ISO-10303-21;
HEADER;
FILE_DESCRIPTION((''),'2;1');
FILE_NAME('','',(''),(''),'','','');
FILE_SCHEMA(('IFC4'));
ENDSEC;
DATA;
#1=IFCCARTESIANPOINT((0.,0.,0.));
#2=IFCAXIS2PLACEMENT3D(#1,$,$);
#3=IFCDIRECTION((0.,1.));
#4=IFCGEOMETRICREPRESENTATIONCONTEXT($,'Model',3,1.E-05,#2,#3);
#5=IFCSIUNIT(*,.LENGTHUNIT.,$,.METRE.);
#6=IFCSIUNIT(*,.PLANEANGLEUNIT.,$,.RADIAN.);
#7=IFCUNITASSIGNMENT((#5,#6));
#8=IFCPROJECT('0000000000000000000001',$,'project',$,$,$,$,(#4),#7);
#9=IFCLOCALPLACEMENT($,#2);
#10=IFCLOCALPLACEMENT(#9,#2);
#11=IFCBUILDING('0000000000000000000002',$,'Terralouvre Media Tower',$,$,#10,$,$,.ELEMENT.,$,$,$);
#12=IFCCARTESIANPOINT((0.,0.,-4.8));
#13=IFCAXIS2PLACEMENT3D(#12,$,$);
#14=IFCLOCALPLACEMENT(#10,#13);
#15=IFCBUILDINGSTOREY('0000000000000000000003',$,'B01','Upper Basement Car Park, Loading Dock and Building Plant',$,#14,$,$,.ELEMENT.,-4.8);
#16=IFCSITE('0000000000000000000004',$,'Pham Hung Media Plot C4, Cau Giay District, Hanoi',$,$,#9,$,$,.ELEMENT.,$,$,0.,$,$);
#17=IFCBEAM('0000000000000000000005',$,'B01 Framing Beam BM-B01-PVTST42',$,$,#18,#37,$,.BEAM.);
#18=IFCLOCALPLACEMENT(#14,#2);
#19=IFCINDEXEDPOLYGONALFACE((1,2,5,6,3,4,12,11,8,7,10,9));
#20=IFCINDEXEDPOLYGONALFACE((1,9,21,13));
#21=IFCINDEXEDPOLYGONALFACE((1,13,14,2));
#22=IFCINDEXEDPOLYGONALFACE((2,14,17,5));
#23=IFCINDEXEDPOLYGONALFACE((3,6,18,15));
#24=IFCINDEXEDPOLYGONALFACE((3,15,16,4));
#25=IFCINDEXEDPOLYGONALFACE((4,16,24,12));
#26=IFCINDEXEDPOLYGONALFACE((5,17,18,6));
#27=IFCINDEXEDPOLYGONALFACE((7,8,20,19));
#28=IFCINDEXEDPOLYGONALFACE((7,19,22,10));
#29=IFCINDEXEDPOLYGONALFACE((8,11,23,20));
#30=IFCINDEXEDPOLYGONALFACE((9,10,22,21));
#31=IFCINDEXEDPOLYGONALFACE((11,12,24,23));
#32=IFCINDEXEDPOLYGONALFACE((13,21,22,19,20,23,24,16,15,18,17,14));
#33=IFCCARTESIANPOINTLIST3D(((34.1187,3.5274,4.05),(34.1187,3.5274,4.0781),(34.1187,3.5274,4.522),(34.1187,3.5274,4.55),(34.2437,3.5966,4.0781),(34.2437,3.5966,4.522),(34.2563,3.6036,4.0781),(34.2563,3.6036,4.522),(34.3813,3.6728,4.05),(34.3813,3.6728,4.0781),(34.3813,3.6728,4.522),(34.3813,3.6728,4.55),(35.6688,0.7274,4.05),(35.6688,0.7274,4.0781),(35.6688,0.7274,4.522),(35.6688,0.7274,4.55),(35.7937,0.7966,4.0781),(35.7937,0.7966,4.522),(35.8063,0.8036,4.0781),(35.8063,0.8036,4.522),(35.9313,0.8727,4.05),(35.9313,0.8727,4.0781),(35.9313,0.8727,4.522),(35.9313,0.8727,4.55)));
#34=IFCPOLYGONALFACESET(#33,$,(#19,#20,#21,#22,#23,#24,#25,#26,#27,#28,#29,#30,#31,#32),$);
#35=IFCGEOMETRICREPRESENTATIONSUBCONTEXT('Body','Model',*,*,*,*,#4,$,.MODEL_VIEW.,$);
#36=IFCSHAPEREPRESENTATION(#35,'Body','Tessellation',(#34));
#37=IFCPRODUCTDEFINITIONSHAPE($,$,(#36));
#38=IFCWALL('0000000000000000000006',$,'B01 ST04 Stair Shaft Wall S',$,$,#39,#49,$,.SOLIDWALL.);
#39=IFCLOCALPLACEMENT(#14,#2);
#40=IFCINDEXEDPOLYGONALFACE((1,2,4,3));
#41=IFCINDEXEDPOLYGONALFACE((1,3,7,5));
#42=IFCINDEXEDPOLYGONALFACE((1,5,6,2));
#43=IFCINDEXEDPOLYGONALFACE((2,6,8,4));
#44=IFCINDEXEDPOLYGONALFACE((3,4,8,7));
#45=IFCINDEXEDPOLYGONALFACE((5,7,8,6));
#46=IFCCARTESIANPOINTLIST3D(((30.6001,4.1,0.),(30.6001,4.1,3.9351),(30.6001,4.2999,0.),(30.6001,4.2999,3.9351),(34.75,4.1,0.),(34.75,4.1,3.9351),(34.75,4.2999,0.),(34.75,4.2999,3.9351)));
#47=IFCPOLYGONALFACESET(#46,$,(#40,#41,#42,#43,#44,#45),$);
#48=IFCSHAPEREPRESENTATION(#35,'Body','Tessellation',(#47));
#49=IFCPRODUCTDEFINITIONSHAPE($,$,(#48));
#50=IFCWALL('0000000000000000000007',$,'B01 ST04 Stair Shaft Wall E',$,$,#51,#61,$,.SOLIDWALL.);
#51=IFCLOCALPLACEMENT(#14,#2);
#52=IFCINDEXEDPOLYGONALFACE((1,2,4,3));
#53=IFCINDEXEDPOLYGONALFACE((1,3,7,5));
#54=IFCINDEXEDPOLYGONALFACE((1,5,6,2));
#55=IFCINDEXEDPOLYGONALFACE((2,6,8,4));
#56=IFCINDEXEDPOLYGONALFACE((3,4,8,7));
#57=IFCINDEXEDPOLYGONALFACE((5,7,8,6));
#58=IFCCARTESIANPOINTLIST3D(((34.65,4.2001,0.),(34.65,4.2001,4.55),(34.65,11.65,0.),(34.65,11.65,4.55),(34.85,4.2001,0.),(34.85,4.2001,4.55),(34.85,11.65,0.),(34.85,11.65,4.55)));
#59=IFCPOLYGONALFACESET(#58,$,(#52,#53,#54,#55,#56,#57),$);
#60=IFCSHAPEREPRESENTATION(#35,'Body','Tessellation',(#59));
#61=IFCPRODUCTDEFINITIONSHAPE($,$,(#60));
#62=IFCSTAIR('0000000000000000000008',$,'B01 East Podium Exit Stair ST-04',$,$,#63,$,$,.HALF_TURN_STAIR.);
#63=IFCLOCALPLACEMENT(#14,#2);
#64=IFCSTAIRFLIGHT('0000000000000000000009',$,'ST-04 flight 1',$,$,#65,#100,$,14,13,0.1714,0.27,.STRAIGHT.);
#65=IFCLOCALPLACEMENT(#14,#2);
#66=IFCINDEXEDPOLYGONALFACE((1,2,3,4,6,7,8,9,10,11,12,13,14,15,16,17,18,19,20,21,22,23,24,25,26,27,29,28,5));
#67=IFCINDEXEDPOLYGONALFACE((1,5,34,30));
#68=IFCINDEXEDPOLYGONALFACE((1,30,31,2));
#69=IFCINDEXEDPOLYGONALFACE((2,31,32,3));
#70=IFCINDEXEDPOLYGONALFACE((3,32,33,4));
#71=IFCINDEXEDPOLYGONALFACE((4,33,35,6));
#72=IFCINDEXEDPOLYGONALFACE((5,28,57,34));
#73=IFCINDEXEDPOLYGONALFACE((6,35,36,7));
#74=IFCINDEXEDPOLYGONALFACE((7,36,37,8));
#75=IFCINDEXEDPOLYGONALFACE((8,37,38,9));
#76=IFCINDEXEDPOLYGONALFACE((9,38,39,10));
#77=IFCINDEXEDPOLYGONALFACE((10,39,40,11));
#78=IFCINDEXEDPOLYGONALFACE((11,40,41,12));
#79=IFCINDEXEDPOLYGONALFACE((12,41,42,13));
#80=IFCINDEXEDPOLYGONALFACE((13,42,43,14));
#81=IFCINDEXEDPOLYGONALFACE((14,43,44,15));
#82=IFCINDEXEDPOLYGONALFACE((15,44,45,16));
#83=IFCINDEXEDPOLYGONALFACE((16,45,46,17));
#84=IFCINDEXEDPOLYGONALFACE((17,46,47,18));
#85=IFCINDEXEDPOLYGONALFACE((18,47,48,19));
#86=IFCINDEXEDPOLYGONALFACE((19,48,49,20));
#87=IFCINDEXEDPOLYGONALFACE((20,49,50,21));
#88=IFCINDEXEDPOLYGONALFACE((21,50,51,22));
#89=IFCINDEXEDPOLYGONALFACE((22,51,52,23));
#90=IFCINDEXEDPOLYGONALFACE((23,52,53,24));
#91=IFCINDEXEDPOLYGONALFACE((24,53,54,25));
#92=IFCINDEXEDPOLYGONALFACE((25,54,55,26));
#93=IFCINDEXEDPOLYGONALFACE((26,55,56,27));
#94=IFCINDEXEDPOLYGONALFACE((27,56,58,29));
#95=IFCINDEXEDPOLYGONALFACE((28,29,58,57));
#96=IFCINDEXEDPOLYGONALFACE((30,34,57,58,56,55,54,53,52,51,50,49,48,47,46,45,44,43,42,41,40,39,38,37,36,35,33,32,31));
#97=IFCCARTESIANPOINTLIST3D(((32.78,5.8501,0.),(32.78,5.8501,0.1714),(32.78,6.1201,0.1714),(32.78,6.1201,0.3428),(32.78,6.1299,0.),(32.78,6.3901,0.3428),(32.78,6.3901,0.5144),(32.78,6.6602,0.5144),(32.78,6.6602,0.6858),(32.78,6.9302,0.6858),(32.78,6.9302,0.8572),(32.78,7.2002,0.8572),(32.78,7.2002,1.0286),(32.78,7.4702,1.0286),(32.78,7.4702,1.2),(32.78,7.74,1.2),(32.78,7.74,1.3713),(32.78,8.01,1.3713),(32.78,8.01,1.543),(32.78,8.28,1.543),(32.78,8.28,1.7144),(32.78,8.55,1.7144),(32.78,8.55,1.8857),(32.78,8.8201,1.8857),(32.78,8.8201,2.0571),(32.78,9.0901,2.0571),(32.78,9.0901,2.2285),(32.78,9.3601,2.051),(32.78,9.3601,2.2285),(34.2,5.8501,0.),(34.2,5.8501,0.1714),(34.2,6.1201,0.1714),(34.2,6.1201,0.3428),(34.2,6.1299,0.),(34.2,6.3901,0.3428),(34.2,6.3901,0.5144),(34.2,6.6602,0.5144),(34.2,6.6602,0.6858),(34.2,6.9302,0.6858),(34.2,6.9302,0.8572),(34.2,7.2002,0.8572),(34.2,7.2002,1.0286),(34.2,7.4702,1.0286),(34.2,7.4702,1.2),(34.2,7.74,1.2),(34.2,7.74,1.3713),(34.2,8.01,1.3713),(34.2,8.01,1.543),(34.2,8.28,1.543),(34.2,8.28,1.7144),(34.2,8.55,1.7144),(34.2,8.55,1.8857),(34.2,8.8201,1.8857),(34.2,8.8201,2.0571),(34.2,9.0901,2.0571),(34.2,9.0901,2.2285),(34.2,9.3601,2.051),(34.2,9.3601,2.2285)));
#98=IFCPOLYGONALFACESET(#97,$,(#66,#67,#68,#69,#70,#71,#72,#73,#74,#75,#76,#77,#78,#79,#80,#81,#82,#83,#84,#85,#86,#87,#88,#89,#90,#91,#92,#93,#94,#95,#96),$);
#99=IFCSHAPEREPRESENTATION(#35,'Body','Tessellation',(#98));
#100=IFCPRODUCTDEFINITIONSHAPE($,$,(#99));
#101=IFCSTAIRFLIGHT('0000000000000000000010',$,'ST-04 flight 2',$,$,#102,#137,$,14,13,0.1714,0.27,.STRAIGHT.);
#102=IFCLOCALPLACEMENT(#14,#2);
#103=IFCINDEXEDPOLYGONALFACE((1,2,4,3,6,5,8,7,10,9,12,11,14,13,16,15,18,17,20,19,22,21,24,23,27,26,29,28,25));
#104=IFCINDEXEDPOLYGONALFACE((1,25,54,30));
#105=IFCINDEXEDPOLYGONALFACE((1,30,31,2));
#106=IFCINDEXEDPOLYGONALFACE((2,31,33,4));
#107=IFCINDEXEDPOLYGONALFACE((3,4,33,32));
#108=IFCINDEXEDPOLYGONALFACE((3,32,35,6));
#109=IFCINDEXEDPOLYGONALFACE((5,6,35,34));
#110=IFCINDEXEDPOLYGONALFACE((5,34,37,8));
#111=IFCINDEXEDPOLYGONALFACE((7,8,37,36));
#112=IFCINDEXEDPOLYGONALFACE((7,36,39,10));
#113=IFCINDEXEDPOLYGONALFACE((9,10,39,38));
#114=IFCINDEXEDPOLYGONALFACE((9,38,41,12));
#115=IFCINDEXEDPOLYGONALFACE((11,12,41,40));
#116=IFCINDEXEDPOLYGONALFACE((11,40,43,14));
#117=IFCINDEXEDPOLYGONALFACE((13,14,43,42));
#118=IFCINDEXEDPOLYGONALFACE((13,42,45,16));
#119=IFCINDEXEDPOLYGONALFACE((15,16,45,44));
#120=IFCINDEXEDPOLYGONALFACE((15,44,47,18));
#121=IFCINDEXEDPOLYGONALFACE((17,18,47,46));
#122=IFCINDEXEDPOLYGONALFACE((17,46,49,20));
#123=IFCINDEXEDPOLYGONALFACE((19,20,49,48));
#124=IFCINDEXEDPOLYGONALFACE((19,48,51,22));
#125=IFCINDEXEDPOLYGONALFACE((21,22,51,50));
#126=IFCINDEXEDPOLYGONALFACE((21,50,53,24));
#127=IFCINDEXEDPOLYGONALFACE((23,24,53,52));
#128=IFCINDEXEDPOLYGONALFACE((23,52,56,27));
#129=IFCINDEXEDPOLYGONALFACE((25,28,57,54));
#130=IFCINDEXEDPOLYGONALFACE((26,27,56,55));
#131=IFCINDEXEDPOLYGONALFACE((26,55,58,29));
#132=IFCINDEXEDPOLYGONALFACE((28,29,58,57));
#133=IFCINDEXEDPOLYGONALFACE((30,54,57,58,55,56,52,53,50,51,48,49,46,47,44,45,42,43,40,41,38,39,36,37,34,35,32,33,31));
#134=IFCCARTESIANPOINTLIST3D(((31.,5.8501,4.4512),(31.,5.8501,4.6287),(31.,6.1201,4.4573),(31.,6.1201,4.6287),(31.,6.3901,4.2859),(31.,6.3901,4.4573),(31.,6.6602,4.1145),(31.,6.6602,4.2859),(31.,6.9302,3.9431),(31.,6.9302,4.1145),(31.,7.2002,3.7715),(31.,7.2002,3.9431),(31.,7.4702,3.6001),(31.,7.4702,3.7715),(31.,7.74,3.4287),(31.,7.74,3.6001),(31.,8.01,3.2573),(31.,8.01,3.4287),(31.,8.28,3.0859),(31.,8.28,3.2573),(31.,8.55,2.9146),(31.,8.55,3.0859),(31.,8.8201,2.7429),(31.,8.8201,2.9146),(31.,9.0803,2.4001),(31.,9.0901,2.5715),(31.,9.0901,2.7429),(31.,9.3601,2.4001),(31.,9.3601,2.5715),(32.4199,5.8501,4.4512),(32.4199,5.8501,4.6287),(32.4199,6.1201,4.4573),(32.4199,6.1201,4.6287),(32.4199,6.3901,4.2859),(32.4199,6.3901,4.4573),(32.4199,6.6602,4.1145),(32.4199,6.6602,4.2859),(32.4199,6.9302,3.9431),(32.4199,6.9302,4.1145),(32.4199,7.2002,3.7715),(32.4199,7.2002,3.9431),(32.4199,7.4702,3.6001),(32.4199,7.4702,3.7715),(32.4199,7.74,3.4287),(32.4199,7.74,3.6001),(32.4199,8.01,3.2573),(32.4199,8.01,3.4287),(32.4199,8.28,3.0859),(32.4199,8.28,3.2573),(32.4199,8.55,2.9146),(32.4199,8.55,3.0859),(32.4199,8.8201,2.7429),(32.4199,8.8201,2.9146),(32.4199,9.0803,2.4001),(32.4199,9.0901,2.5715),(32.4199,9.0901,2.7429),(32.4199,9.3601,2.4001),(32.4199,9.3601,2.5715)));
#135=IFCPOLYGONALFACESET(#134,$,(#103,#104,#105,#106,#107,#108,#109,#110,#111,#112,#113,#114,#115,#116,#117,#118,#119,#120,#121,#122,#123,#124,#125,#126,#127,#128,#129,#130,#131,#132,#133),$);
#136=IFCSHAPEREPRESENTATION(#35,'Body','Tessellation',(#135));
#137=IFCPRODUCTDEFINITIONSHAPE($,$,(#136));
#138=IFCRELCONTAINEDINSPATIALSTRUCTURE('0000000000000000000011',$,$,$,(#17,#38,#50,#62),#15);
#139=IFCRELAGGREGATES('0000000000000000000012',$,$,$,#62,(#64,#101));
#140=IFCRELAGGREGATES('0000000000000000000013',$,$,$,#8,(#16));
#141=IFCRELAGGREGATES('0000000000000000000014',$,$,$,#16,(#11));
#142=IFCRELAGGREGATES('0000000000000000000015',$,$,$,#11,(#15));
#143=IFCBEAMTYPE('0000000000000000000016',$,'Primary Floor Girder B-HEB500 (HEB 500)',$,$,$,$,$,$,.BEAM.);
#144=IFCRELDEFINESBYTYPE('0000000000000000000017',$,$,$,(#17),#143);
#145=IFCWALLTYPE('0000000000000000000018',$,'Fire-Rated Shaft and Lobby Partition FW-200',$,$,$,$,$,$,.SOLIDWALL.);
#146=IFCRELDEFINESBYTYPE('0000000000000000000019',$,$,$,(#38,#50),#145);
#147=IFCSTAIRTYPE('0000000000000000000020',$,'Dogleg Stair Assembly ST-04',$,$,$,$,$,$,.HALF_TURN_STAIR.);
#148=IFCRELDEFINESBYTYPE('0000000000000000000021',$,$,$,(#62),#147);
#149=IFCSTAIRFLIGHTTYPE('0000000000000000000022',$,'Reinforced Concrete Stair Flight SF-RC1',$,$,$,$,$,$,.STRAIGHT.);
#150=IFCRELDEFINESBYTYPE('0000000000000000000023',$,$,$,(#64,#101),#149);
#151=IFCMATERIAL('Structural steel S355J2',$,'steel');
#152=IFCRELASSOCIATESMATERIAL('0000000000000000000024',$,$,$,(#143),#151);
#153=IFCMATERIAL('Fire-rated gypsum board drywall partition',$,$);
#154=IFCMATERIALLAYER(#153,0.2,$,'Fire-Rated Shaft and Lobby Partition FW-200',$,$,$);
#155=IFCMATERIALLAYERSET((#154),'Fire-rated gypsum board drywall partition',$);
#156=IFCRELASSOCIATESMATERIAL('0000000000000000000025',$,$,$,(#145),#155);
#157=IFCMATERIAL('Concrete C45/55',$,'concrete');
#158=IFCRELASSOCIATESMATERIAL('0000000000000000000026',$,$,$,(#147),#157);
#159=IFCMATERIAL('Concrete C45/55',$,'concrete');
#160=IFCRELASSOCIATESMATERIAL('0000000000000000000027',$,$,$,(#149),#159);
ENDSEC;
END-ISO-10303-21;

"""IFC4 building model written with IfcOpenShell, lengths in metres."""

from ifc_helpers import new_model, si_unit, direction, frame, frame_2d, origin, origin_2d, place, context, subcontext, project, spatial, polyline, rectangle, i_section, outline, extrude, material, layer, layer_set, material_profile, profile_set, type_object, element, aggregate, save


model = new_model("IFC4")

# Units and contexts
model_context = context("Model", 3, precision=1e-05, world=origin(), true_north=direction((0.0, 1.0)))
body_context = subcontext(model_context, "Body", "Model", "MODEL_VIEW")
ifc_project = project(units=[si_unit("LENGTHUNIT", "METRE"), si_unit("PLANEANGLEUNIT", "RADIAN")], contexts=[model_context])

# Site, building, storey
site_placement = place(None, origin())
site = spatial("IfcSite", under=ifc_project, at=site_placement, Name="Pham Hung Media Plot C4, Cau Giay District, Hanoi", CompositionType="ELEMENT", RefElevation=0.0)
building_placement = place(site_placement, origin())
building = spatial("IfcBuilding", under=site, at=building_placement, Name="Terralouvre Media Tower", CompositionType="ELEMENT")
storey_placement = place(building_placement, frame((0.0, 0.0, -4.8)))
storey = spatial("IfcBuildingStorey", under=building, at=storey_placement, Name="B01", Description="Upper Basement Car Park, Loading Dock and Building Plant", CompositionType="ELEMENT", Elevation=-4.8)

# Beam
ifc_material_1 = material(Name="Structural steel S355J2", Category="steel")
ifc_material_profile_1 = material_profile(ifc_material_1, i_section(OverallWidth=0.3, OverallDepth=0.5, WebThickness=0.0144, FlangeThickness=0.0281, at=origin_2d()), Name="HEB 500")
ifc_profile_set_1 = profile_set([ifc_material_profile_1], Name="Structural steel S355J2")
beam_type_1 = type_object("IfcBeamType", Name="Primary Floor Girder B-HEB500 (HEB 500)", PredefinedType="BEAM", material=ifc_profile_set_1)
beam_1_placement = place(storey_placement, frame((34.25, 3.6001, 4.3), z_axis=(0.484321, -0.87489, 0.0), x_axis=(0.87489, 0.484321, 0.0)))
element("IfcBeam", 1, at=beam_1_placement, inside=storey, type_object=beam_type_1, Name="B01 Framing Beam BM-B01-PVTST42", PredefinedType="BEAM", context=body_context, shape_type="SweptSolid", body=[
    extrude(i_section(OverallWidth=0.3, OverallDepth=0.5, WebThickness=0.0144, FlangeThickness=0.0281, at=origin_2d()), origin(), (0.0, 0.0, 1.0), 3.2004),
])

# Walls
ifc_material_2 = material(Name="Fire-rated gypsum board drywall partition")
ifc_layer_1 = layer(ifc_material_2, 0.2, Name="Fire-Rated Shaft and Lobby Partition FW-200")
ifc_layer_set_1 = layer_set([ifc_layer_1], Name="Fire-rated gypsum board drywall partition")
wall_type = type_object("IfcWallType", Name="Fire-Rated Shaft and Lobby Partition FW-200", PredefinedType="SOLIDWALL", material=ifc_layer_set_1)
wall_1_placement = place(storey_placement, frame((30.6001, 4.2, 0.0), z_axis=(0.0, 0.0, 1.0), x_axis=(1.0, 0.0, 0.0)))
element("IfcWall", 2, at=wall_1_placement, inside=storey, type_object=wall_type, Name="B01 ST04 Stair Shaft Wall S", PredefinedType="SOLIDWALL", context=body_context, shape_type="SweptSolid", body=[
    extrude(rectangle(XDim=4.1499, YDim=0.2, at=frame_2d((2.075, 0.0))), origin(), (0.0, 0.0, 1.0), 3.9351),
])
wall_2_placement = place(storey_placement, frame((34.75, 4.2, 0.0), z_axis=(0.0, 0.0, 1.0), x_axis=(0.0, 1.0, 0.0)))
element("IfcWall", 3, at=wall_2_placement, inside=storey, type_object=wall_type, Name="B01 ST04 Stair Shaft Wall E", PredefinedType="SOLIDWALL", context=body_context, shape_type="SweptSolid", body=[
    extrude(rectangle(XDim=7.45, YDim=0.2, at=frame_2d((3.7251, 0.0))), origin(), (0.0, 0.0, 1.0), 4.55),
])

# Stair, stair flights
ifc_material_3 = material(Name="Concrete C45/55", Category="concrete")
stair_type = type_object("IfcStairType", Name="Dogleg Stair Assembly ST-04", PredefinedType="HALF_TURN_STAIR", material=ifc_material_3)
stair_placement = place(storey_placement, origin())
stair = element("IfcStair", 4, at=stair_placement, inside=storey, type_object=stair_type, Name="B01 East Podium Exit Stair ST-04", PredefinedType="HALF_TURN_STAIR")
ifc_material_4 = material(Name="Concrete C45/55", Category="concrete")
stair_flight_type = type_object("IfcStairFlightType", Name="Reinforced Concrete Stair Flight SF-RC1", PredefinedType="STRAIGHT", material=ifc_material_4)
stair_flight_1_placement = place(storey_placement, frame((33.49, 5.8501, 0.0), z_axis=(0.0, 0.0, 1.0), x_axis=(0.0, 1.0, 0.0)))
stair_flight_1 = element("IfcStairFlight", 5, at=stair_flight_1_placement, type_object=stair_flight_type, Name="ST-04 flight 1", NumberOfRisers=14, NumberOfTreads=13, PredefinedType="STRAIGHT", RiserHeight=0.1714, TreadLength=0.27, context=body_context, shape_type="SweptSolid", body=[
    extrude(outline(polyline([(0.0, 0.0), (0.0, 0.1714), (0.27, 0.1714), (0.27, 0.3428), (0.54, 0.3428), (0.54, 0.5144), (0.8101, 0.5144), (0.8101, 0.6858), (1.0801, 0.6858), (1.0801, 0.8572), (1.3501, 0.8572), (1.3501, 1.0286), (1.6201, 1.0286), (1.6201, 1.2), (1.8899, 1.2), (1.8899, 1.3713), (2.1599, 1.3713), (2.1599, 1.543), (2.4299, 1.543), (2.4299, 1.7144), (2.7, 1.7144), (2.7, 1.8857), (2.97, 1.8857), (2.97, 2.0571), (3.24, 2.0571), (3.24, 2.2285), (3.51, 2.2285), (3.51, 2.3999), (3.51, 2.051), (0.2798, 0.0), (0.0, 0.0)])), frame((0.0, 0.71, 0.0), z_axis=(0.0, -1.0, 0.0), x_axis=(1.0, 0.0, 0.0)), (0.0, 0.0, 1.0), 1.4199),
])
stair_flight_2_placement = place(storey_placement, frame((31.71, 9.3601, 2.4001), z_axis=(0.0, 0.0, 1.0), x_axis=(0.0, -1.0, 0.0)))
stair_flight_2 = element("IfcStairFlight", 6, at=stair_flight_2_placement, type_object=stair_flight_type, Name="ST-04 flight 2", NumberOfRisers=14, NumberOfTreads=13, PredefinedType="STRAIGHT", RiserHeight=0.1714, TreadLength=0.27, context=body_context, shape_type="SweptSolid", body=[
    extrude(outline(polyline([(0.0, 0.0), (0.0, 0.1714), (0.27, 0.1714), (0.27, 0.3428), (0.54, 0.3428), (0.54, 0.5144), (0.8101, 0.5144), (0.8101, 0.6858), (1.0801, 0.6858), (1.0801, 0.8572), (1.3501, 0.8572), (1.3501, 1.0286), (1.6201, 1.0286), (1.6201, 1.2), (1.8899, 1.2), (1.8899, 1.3713), (2.1599, 1.3713), (2.1599, 1.543), (2.4299, 1.543), (2.4299, 1.7144), (2.7, 1.7144), (2.7, 1.8857), (2.97, 1.8857), (2.97, 2.0571), (3.24, 2.0571), (3.24, 2.2285), (3.51, 2.2285), (3.51, 2.3999), (3.51, 2.051), (0.2798, 0.0), (0.0, 0.0)])), frame((0.0, 0.71, 0.0), z_axis=(0.0, -1.0, 0.0), x_axis=(1.0, 0.0, 0.0)), (0.0, 0.0, 1.0), 1.4199),
])
aggregate(stair, [stair_flight_1, stair_flight_2])

save(model, "model.ifc")
